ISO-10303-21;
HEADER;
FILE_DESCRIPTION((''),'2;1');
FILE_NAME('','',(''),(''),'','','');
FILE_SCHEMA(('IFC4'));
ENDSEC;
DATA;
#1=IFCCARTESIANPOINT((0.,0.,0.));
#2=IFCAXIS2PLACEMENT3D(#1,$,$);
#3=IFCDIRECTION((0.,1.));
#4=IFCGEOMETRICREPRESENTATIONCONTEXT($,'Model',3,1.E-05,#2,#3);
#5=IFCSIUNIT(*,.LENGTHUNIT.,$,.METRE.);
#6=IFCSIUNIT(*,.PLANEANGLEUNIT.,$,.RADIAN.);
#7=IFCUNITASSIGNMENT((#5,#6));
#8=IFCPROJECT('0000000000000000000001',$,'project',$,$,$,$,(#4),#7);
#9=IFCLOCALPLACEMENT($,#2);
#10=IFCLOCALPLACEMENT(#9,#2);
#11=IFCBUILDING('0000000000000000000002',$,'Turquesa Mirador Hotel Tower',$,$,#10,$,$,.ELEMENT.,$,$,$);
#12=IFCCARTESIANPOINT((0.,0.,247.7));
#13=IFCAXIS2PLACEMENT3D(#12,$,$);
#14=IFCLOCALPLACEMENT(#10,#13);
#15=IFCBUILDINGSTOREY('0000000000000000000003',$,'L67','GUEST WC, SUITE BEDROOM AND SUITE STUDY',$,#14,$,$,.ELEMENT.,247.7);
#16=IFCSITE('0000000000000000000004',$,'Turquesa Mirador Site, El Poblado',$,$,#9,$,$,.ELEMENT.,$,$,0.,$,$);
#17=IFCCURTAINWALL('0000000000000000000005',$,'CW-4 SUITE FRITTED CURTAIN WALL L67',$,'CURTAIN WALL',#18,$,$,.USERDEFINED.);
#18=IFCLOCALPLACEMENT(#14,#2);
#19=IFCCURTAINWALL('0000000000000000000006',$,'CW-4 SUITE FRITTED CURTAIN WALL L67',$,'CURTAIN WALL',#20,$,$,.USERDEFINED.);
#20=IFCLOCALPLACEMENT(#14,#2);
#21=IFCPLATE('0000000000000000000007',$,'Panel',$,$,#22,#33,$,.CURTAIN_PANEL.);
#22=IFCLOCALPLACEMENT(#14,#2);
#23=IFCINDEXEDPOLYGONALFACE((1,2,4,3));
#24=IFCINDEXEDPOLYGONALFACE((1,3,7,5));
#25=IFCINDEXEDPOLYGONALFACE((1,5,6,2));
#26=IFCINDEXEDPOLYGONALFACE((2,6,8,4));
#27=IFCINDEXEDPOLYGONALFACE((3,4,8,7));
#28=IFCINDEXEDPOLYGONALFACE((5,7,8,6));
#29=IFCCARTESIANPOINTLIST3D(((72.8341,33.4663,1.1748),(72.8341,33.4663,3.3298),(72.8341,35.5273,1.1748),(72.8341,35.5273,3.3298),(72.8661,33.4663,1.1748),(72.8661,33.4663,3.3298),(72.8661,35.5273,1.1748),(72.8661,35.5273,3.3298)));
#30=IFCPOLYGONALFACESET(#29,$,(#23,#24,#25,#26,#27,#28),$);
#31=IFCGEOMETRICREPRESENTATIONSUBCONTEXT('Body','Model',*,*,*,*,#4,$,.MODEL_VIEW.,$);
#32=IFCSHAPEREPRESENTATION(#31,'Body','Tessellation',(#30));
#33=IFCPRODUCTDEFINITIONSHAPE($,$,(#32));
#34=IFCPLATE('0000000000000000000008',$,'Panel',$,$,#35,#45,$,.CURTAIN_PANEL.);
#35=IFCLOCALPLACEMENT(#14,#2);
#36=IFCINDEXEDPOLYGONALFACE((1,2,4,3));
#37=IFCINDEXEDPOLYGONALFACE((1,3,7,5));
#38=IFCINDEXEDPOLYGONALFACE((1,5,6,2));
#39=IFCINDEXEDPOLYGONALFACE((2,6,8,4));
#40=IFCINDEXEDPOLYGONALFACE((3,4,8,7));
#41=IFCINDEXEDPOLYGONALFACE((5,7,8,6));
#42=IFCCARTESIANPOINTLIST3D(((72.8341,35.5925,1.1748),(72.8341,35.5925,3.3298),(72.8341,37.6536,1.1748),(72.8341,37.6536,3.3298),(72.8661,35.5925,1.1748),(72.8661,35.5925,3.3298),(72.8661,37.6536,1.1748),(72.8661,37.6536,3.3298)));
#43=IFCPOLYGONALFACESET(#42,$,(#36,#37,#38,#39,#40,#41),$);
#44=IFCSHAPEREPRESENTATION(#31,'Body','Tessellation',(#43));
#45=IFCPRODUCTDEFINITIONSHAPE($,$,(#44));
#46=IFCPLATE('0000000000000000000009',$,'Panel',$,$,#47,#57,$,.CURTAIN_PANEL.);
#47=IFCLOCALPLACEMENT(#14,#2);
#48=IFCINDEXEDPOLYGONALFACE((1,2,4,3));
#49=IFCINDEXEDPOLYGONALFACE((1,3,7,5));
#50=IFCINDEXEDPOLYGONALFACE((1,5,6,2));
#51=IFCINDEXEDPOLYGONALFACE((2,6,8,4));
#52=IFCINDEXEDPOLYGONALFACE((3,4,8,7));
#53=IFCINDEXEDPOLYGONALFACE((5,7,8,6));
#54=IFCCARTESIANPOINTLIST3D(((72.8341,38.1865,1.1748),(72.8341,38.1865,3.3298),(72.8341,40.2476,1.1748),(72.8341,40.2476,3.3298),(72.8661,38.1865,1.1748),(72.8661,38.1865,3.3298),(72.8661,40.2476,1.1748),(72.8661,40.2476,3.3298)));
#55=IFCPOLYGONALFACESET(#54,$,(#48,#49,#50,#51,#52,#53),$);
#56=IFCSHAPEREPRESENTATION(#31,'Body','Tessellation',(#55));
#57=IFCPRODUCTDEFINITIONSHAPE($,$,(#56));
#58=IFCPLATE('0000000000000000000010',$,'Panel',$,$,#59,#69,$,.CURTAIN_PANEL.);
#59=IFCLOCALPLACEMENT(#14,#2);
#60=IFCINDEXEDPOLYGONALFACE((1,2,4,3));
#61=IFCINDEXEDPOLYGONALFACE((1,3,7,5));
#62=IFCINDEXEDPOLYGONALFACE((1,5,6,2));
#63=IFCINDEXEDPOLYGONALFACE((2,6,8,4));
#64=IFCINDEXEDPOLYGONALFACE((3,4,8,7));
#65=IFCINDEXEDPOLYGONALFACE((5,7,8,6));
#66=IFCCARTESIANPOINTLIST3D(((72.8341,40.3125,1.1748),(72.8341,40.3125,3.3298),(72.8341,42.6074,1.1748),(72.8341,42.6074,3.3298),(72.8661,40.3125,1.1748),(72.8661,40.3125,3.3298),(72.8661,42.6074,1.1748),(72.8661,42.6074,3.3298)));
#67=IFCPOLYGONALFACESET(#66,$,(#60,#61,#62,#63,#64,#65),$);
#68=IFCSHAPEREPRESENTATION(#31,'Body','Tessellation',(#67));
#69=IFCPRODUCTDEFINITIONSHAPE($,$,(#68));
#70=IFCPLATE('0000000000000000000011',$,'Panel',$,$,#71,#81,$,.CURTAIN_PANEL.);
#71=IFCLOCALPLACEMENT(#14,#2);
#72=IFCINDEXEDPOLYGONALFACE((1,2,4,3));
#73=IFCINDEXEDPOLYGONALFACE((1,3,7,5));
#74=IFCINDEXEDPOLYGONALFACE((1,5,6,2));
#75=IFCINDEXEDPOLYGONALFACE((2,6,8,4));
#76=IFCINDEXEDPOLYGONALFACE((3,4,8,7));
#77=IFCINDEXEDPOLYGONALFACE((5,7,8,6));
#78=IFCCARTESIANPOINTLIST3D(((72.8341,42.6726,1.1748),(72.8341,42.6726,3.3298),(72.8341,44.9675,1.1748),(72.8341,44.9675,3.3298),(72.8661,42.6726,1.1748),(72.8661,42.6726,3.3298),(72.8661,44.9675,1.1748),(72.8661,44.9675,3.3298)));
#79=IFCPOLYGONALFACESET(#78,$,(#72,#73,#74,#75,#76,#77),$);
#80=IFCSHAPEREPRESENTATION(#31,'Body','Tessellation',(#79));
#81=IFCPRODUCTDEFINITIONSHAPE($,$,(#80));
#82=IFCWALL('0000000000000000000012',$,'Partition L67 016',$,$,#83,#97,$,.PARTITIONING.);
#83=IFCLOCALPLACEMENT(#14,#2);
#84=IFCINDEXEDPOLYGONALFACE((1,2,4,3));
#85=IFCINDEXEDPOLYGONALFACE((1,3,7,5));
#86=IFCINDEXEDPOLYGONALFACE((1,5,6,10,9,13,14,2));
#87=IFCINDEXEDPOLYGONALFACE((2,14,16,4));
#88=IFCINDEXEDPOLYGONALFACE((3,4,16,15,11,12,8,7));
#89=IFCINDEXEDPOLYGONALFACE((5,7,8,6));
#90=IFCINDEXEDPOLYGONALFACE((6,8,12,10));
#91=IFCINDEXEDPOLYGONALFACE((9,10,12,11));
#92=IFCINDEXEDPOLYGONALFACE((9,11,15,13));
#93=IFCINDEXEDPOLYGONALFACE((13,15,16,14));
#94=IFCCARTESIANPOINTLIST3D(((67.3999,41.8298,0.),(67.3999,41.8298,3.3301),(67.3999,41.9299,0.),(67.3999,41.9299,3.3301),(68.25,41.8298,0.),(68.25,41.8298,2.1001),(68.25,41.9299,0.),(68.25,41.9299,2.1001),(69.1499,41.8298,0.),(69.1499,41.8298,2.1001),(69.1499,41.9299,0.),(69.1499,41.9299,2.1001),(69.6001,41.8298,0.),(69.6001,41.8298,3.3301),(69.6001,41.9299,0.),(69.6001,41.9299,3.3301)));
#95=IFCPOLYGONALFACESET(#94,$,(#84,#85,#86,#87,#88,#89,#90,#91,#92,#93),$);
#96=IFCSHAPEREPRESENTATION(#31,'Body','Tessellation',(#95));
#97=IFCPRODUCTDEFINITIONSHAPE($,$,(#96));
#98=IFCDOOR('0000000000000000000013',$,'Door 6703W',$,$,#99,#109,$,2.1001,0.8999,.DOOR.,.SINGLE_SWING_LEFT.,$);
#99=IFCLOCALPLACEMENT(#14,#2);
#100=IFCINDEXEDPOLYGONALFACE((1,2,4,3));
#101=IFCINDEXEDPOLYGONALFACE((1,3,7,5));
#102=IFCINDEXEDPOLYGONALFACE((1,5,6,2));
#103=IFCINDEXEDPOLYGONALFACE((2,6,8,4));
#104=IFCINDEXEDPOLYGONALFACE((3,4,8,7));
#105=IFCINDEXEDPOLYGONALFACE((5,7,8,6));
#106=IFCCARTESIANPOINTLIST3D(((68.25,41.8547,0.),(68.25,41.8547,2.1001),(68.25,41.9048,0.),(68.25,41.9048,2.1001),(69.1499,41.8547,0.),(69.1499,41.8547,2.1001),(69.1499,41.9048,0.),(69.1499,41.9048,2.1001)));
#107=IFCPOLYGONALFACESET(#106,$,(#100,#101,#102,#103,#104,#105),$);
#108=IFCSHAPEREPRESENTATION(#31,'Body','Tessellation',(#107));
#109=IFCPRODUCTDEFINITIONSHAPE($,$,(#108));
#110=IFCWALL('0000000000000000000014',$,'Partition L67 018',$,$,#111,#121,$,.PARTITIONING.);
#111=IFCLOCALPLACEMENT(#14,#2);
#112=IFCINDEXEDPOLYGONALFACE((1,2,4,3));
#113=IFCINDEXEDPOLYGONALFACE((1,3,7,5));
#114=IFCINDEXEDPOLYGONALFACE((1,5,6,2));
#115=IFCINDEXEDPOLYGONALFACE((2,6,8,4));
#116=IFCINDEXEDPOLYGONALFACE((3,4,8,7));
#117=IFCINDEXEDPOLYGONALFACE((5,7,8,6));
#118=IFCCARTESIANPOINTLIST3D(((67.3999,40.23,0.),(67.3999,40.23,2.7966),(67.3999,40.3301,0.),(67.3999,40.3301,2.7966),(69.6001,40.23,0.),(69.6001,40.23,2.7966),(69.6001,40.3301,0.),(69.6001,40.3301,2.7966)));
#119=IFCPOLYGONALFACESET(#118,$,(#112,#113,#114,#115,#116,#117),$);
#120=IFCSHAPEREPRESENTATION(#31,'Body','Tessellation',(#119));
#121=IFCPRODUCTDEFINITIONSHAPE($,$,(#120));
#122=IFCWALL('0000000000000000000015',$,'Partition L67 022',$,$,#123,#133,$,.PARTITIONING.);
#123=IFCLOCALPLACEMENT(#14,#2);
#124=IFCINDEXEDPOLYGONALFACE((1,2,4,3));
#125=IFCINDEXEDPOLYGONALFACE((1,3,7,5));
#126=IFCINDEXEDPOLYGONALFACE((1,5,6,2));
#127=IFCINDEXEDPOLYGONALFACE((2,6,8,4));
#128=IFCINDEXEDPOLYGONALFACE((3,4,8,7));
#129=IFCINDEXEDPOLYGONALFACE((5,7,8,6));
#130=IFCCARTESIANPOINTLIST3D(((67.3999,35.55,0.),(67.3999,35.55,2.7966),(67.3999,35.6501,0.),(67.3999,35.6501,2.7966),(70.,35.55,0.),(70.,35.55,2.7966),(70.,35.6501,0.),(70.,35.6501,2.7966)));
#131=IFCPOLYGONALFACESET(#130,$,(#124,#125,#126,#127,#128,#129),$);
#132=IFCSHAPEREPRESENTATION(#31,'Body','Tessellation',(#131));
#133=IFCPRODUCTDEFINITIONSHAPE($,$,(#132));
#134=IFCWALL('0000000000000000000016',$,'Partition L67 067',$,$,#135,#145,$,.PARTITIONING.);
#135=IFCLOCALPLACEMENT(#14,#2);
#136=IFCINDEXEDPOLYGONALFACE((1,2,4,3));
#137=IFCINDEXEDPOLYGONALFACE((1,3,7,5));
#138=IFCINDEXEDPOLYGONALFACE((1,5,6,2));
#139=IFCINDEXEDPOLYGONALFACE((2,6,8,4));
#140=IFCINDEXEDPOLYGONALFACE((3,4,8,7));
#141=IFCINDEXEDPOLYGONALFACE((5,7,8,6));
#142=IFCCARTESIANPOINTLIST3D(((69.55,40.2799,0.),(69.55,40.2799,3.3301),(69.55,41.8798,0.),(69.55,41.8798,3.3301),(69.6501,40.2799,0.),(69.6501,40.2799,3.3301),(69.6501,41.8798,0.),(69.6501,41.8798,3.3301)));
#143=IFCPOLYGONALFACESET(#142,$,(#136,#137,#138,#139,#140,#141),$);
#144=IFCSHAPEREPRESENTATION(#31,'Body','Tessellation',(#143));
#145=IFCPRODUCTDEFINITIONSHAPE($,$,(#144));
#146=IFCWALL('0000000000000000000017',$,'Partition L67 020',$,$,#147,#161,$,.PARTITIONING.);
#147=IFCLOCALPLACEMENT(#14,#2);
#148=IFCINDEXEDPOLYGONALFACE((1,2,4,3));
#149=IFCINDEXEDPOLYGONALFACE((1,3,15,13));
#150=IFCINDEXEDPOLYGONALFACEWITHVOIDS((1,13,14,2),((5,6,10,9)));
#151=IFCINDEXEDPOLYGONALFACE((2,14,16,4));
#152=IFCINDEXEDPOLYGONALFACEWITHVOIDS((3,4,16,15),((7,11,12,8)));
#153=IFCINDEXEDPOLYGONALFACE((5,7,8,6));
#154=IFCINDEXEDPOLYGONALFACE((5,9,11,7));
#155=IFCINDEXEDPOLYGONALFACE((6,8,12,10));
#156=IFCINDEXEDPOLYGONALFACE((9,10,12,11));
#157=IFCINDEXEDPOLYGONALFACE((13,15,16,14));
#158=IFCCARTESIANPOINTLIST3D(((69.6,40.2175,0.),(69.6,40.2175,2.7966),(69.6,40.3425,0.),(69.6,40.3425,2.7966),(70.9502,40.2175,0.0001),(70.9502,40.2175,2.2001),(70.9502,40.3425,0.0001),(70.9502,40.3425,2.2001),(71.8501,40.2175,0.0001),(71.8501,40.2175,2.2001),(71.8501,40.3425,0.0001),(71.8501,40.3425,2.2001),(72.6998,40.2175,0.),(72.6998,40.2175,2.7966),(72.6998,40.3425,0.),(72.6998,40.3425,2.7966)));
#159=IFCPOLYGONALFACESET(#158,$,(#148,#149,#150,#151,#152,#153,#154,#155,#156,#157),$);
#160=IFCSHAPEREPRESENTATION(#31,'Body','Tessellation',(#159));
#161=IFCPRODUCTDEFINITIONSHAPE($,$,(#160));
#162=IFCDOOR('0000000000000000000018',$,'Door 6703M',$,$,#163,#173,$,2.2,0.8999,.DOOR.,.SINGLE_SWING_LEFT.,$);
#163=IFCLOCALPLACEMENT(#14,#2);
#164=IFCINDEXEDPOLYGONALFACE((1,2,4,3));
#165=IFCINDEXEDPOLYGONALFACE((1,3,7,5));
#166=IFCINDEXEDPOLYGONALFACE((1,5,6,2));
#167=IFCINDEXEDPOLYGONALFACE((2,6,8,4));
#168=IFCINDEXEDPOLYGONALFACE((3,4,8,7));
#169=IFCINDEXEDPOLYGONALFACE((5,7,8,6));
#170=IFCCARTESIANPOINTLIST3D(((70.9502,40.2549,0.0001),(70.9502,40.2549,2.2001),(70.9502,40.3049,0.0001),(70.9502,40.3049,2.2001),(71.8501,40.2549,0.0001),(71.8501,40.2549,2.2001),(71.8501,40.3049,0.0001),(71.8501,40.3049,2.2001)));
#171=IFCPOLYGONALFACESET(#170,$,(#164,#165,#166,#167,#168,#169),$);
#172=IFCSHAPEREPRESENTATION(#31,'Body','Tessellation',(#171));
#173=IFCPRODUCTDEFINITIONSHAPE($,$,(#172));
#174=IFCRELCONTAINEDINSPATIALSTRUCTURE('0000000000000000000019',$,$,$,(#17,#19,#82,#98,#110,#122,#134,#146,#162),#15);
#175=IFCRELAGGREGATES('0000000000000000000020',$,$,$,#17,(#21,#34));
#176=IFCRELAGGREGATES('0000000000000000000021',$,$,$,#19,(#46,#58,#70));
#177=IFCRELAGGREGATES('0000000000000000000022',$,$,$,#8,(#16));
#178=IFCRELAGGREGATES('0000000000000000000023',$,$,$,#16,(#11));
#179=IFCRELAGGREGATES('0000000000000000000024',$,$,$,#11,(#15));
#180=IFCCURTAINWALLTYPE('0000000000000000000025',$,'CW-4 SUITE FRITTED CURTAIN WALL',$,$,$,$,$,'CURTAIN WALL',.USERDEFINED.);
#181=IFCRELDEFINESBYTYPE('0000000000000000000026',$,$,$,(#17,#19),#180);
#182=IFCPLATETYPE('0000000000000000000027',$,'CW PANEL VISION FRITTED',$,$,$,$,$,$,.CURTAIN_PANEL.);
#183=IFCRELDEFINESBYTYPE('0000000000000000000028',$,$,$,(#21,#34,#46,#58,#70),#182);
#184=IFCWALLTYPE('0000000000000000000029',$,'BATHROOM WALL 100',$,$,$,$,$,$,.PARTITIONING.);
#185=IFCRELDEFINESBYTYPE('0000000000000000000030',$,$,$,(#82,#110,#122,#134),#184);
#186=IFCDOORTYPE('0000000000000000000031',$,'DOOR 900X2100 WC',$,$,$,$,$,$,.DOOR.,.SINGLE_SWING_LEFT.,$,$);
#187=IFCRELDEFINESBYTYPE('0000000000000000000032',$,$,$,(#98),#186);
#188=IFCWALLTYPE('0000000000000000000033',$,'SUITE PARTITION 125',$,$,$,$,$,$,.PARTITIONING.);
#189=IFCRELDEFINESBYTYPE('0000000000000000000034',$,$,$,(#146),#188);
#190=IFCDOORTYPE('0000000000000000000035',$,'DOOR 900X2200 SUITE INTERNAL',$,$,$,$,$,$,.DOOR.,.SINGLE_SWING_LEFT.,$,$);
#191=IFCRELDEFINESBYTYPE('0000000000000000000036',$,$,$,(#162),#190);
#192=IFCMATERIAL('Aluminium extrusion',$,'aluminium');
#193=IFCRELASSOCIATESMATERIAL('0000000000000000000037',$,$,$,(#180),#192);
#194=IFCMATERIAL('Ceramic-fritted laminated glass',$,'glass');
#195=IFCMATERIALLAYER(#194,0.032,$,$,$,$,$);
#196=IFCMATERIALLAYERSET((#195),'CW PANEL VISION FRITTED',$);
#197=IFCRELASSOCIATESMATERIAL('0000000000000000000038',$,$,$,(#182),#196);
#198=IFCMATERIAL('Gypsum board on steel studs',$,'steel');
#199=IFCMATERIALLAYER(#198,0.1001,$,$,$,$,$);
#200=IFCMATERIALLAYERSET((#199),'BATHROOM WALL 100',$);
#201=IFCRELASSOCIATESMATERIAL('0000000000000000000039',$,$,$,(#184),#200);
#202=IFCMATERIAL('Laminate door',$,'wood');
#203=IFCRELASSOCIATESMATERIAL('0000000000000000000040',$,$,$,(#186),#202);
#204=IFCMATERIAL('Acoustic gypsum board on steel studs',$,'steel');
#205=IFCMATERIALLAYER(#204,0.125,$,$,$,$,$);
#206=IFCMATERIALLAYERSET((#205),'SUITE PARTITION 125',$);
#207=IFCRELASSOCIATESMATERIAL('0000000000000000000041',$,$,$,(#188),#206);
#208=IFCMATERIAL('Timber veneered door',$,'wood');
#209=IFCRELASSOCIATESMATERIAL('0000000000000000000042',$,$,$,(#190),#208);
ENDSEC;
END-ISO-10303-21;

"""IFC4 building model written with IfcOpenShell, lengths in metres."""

from ifc_helpers import new_model, si_unit, direction, frame, frame_2d, origin, origin_2d, place, context, subcontext, project, spatial, rectangle, extrude, material, layer, layer_set, type_object, element, fill, aggregate, save


model = new_model("IFC4")

# Units and contexts
model_context = context("Model", 3, precision=1e-05, world=origin(), true_north=direction((0.0, 1.0)))
body_context = subcontext(model_context, "Body", "Model", "MODEL_VIEW")
ifc_project = project(units=[si_unit("LENGTHUNIT", "METRE"), si_unit("PLANEANGLEUNIT", "RADIAN")], contexts=[model_context])

# Site, building, storey
site_placement = place(None, origin())
site = spatial("IfcSite", under=ifc_project, at=site_placement, Name="Turquesa Mirador Site, El Poblado", CompositionType="ELEMENT", RefElevation=0.0)
building_placement = place(site_placement, origin())
building = spatial("IfcBuilding", under=site, at=building_placement, Name="Turquesa Mirador Hotel Tower", CompositionType="ELEMENT")
storey_placement = place(building_placement, frame((0.0, 0.0, 247.7)))
storey = spatial("IfcBuildingStorey", under=building, at=storey_placement, Name="L67", Description="GUEST WC, SUITE BEDROOM AND SUITE STUDY", CompositionType="ELEMENT", Elevation=247.7)

# Curtain walls
ifc_material_1 = material(Name="Aluminium extrusion", Category="aluminium")
curtain_wall_type = type_object("IfcCurtainWallType", Name="CW-4 SUITE FRITTED CURTAIN WALL", ElementType="CURTAIN WALL", PredefinedType="USERDEFINED", material=ifc_material_1)
curtain_wall_1_placement = place(storey_placement, origin())
curtain_wall_1 = element("IfcCurtainWall", 1, at=curtain_wall_1_placement, inside=storey, type_object=curtain_wall_type, Name="CW-4 SUITE FRITTED CURTAIN WALL L67", ObjectType="CURTAIN WALL", PredefinedType="USERDEFINED")
curtain_wall_2_placement = place(storey_placement, origin())
curtain_wall_2 = element("IfcCurtainWall", 2, at=curtain_wall_2_placement, inside=storey, type_object=curtain_wall_type, Name="CW-4 SUITE FRITTED CURTAIN WALL L67", ObjectType="CURTAIN WALL", PredefinedType="USERDEFINED")

# Plates
ifc_material_2 = material(Name="Ceramic-fritted laminated glass", Category="glass")
ifc_layer_1 = layer(ifc_material_2, 0.032)
ifc_layer_set_1 = layer_set([ifc_layer_1], Name="CW PANEL VISION FRITTED")
plate_type_1 = type_object("IfcPlateType", Name="CW PANEL VISION FRITTED", PredefinedType="CURTAIN_PANEL", material=ifc_layer_set_1)
plate_1_placement = place(storey_placement, frame((72.8501, 34.4968, 1.1748), z_axis=(0.0, 0.0, 1.0), x_axis=(0.0, 1.0, 0.0)))
plate_1 = element("IfcPlate", 3, at=plate_1_placement, type_object=plate_type_1, Name="Panel", PredefinedType="CURTAIN_PANEL", context=body_context, shape_type="SweptSolid", body=[
    extrude(rectangle(XDim=2.061, YDim=0.032, at=origin_2d()), origin(), (0.0, 0.0, 1.0), 2.155),
])
plate_2_placement = place(storey_placement, frame((72.8501, 36.623, 1.1748), z_axis=(0.0, 0.0, 1.0), x_axis=(0.0, 1.0, 0.0)))
plate_2 = element("IfcPlate", 4, at=plate_2_placement, type_object=plate_type_1, Name="Panel", PredefinedType="CURTAIN_PANEL", context=body_context, shape_type="SweptSolid", body=[
    extrude(rectangle(XDim=2.061, YDim=0.032, at=origin_2d()), origin(), (0.0, 0.0, 1.0), 2.155),
])
aggregate(curtain_wall_1, [plate_1, plate_2])
plate_3_placement = place(storey_placement, frame((72.8501, 39.217, 1.1748), z_axis=(0.0, 0.0, 1.0), x_axis=(0.0, 1.0, 0.0)))
plate_3 = element("IfcPlate", 5, at=plate_3_placement, type_object=plate_type_1, Name="Panel", PredefinedType="CURTAIN_PANEL", context=body_context, shape_type="SweptSolid", body=[
    extrude(rectangle(XDim=2.061, YDim=0.032, at=origin_2d()), origin(), (0.0, 0.0, 1.0), 2.155),
])
plate_4_placement = place(storey_placement, frame((72.8501, 41.46, 1.1748), z_axis=(0.0, 0.0, 1.0), x_axis=(0.0, 1.0, 0.0)))
plate_4 = element("IfcPlate", 6, at=plate_4_placement, type_object=plate_type_1, Name="Panel", PredefinedType="CURTAIN_PANEL", context=body_context, shape_type="SweptSolid", body=[
    extrude(rectangle(XDim=2.2949, YDim=0.032, at=origin_2d()), origin(), (0.0, 0.0, 1.0), 2.155),
])
plate_5_placement = place(storey_placement, frame((72.8501, 43.8201, 1.1748), z_axis=(0.0, 0.0, 1.0), x_axis=(0.0, 1.0, 0.0)))
plate_5 = element("IfcPlate", 7, at=plate_5_placement, type_object=plate_type_1, Name="Panel", PredefinedType="CURTAIN_PANEL", context=body_context, shape_type="SweptSolid", body=[
    extrude(rectangle(XDim=2.2949, YDim=0.032, at=origin_2d()), origin(), (0.0, 0.0, 1.0), 2.155),
])
aggregate(curtain_wall_2, [plate_3, plate_4, plate_5])

# Wall, opening, door
ifc_material_3 = material(Name="Gypsum board on steel studs", Category="steel")
ifc_layer_2 = layer(ifc_material_3, 0.1001)
ifc_layer_set_2 = layer_set([ifc_layer_2], Name="BATHROOM WALL 100")
wall_type_1 = type_object("IfcWallType", Name="BATHROOM WALL 100", PredefinedType="PARTITIONING", material=ifc_layer_set_2)
wall_1_placement = place(storey_placement, frame((67.3999, 41.8799, 0.0), z_axis=(0.0, 0.0, 1.0), x_axis=(1.0, 0.0, 0.0)))
wall_1 = element("IfcWall", 8, at=wall_1_placement, inside=storey, type_object=wall_type_1, Name="Partition L67 016", PredefinedType="PARTITIONING", context=body_context, shape_type="SweptSolid", body=[
    extrude(rectangle(XDim=2.2002, YDim=0.1001, at=frame_2d((1.1001, 0.0))), origin(), (0.0, 0.0, 1.0), 3.3301),
])
opening_1_placement = place(wall_1_placement, frame((0.8501, 0.0, 0.0)))
opening_1 = element("IfcOpeningElement", 9, at=opening_1_placement, cuts=wall_1, PredefinedType="OPENING", context=body_context, shape_type="SweptSolid", body=[
    extrude(rectangle(XDim=0.8999, YDim=2.1001, at=frame_2d((0.45, 1.05))), frame((0.0, 0.0601, 0.0), z_axis=(0.0, -1.0, 0.0), x_axis=(1.0, 0.0, 0.0)), (0.0, 0.0, 1.0), 0.1201),
])
ifc_material_4 = material(Name="Laminate door", Category="wood")
door_type_1 = type_object("IfcDoorType", Name="DOOR 900X2100 WC", OperationType="SINGLE_SWING_LEFT", PredefinedType="DOOR", material=ifc_material_4)
door_1_placement = place(opening_1_placement, origin())
door_1 = element("IfcDoor", 10, at=door_1_placement, inside=storey, type_object=door_type_1, Name="Door 6703W", OperationType="SINGLE_SWING_LEFT", OverallHeight=2.1001, OverallWidth=0.8999, PredefinedType="DOOR", context=body_context, shape_type="SweptSolid", body=[
    extrude(rectangle(XDim=0.8999, YDim=2.1001, at=frame_2d((0.45, 1.05))), frame((0.0, 0.0249, 0.0), z_axis=(0.0, -1.0, 0.0), x_axis=(1.0, 0.0, 0.0)), (0.0, 0.0, 1.0), 0.05),
])
fill(opening_1, door_1)

# Walls
wall_2_placement = place(storey_placement, frame((67.3999, 40.28, 0.0), z_axis=(0.0, 0.0, 1.0), x_axis=(1.0, 0.0, 0.0)))
element("IfcWall", 11, at=wall_2_placement, inside=storey, type_object=wall_type_1, Name="Partition L67 018", PredefinedType="PARTITIONING", context=body_context, shape_type="SweptSolid", body=[
    extrude(rectangle(XDim=2.2002, YDim=0.1001, at=frame_2d((1.1001, 0.0))), origin(), (0.0, 0.0, 1.0), 2.7966),
])
wall_3_placement = place(storey_placement, frame((67.3999, 35.6001, 0.0), z_axis=(0.0, 0.0, 1.0), x_axis=(1.0, 0.0, 0.0)))
element("IfcWall", 12, at=wall_3_placement, inside=storey, type_object=wall_type_1, Name="Partition L67 022", PredefinedType="PARTITIONING", context=body_context, shape_type="SweptSolid", body=[
    extrude(rectangle(XDim=2.6001, YDim=0.1001, at=frame_2d((1.3, 0.0))), origin(), (0.0, 0.0, 1.0), 2.7966),
])
wall_4_placement = place(storey_placement, frame((69.6001, 40.28, 0.0), z_axis=(0.0, 0.0, 1.0), x_axis=(0.0, 1.0, 0.0)))
element("IfcWall", 13, at=wall_4_placement, inside=storey, type_object=wall_type_1, Name="Partition L67 067", PredefinedType="PARTITIONING", context=body_context, shape_type="SweptSolid", body=[
    extrude(rectangle(XDim=1.5999, YDim=0.1001, at=frame_2d((0.7998, 0.0))), origin(), (0.0, 0.0, 1.0), 3.3301),
])

# Wall, opening, door
ifc_material_5 = material(Name="Acoustic gypsum board on steel studs", Category="steel")
ifc_layer_3 = layer(ifc_material_5, 0.125)
ifc_layer_set_3 = layer_set([ifc_layer_3], Name="SUITE PARTITION 125")
wall_type_2 = type_object("IfcWallType", Name="SUITE PARTITION 125", PredefinedType="PARTITIONING", material=ifc_layer_set_3)
wall_5_placement = place(storey_placement, frame((69.6001, 40.28, 0.0), z_axis=(0.0, 0.0, 1.0), x_axis=(1.0, 0.0, 0.0)))
wall_5 = element("IfcWall", 14, at=wall_5_placement, inside=storey, type_object=wall_type_2, Name="Partition L67 020", PredefinedType="PARTITIONING", context=body_context, shape_type="SweptSolid", body=[
    extrude(rectangle(XDim=3.0999, YDim=0.125, at=frame_2d((1.5498, 0.0))), origin(), (0.0, 0.0, 1.0), 2.7966),
])
opening_2_placement = place(wall_5_placement, frame((1.3501, 0.0, 0.0)))
opening_2 = element("IfcOpeningElement", 15, at=opening_2_placement, cuts=wall_5, PredefinedType="OPENING", context=body_context, shape_type="SweptSolid", body=[
    extrude(rectangle(XDim=0.8999, YDim=2.2, at=frame_2d((0.45, 1.1001))), frame((0.0, 0.0725, 0.0), z_axis=(0.0, -1.0, 0.0), x_axis=(1.0, 0.0, 0.0)), (0.0, 0.0, 1.0), 0.145),
])
ifc_material_6 = material(Name="Timber veneered door", Category="wood")
door_type_2 = type_object("IfcDoorType", Name="DOOR 900X2200 SUITE INTERNAL", OperationType="SINGLE_SWING_LEFT", PredefinedType="DOOR", material=ifc_material_6)
door_2_placement = place(opening_2_placement, origin())
door_2 = element("IfcDoor", 16, at=door_2_placement, inside=storey, type_object=door_type_2, Name="Door 6703M", OperationType="SINGLE_SWING_LEFT", OverallHeight=2.2, OverallWidth=0.8999, PredefinedType="DOOR", context=body_context, shape_type="SweptSolid", body=[
    extrude(rectangle(XDim=0.8999, YDim=2.2, at=frame_2d((0.45, 1.1001))), frame((0.0, 0.0249, 0.0), z_axis=(0.0, -1.0, 0.0), x_axis=(1.0, 0.0, 0.0)), (0.0, 0.0, 1.0), 0.05),
])
fill(opening_2, door_2)

save(model, "model.ifc")
